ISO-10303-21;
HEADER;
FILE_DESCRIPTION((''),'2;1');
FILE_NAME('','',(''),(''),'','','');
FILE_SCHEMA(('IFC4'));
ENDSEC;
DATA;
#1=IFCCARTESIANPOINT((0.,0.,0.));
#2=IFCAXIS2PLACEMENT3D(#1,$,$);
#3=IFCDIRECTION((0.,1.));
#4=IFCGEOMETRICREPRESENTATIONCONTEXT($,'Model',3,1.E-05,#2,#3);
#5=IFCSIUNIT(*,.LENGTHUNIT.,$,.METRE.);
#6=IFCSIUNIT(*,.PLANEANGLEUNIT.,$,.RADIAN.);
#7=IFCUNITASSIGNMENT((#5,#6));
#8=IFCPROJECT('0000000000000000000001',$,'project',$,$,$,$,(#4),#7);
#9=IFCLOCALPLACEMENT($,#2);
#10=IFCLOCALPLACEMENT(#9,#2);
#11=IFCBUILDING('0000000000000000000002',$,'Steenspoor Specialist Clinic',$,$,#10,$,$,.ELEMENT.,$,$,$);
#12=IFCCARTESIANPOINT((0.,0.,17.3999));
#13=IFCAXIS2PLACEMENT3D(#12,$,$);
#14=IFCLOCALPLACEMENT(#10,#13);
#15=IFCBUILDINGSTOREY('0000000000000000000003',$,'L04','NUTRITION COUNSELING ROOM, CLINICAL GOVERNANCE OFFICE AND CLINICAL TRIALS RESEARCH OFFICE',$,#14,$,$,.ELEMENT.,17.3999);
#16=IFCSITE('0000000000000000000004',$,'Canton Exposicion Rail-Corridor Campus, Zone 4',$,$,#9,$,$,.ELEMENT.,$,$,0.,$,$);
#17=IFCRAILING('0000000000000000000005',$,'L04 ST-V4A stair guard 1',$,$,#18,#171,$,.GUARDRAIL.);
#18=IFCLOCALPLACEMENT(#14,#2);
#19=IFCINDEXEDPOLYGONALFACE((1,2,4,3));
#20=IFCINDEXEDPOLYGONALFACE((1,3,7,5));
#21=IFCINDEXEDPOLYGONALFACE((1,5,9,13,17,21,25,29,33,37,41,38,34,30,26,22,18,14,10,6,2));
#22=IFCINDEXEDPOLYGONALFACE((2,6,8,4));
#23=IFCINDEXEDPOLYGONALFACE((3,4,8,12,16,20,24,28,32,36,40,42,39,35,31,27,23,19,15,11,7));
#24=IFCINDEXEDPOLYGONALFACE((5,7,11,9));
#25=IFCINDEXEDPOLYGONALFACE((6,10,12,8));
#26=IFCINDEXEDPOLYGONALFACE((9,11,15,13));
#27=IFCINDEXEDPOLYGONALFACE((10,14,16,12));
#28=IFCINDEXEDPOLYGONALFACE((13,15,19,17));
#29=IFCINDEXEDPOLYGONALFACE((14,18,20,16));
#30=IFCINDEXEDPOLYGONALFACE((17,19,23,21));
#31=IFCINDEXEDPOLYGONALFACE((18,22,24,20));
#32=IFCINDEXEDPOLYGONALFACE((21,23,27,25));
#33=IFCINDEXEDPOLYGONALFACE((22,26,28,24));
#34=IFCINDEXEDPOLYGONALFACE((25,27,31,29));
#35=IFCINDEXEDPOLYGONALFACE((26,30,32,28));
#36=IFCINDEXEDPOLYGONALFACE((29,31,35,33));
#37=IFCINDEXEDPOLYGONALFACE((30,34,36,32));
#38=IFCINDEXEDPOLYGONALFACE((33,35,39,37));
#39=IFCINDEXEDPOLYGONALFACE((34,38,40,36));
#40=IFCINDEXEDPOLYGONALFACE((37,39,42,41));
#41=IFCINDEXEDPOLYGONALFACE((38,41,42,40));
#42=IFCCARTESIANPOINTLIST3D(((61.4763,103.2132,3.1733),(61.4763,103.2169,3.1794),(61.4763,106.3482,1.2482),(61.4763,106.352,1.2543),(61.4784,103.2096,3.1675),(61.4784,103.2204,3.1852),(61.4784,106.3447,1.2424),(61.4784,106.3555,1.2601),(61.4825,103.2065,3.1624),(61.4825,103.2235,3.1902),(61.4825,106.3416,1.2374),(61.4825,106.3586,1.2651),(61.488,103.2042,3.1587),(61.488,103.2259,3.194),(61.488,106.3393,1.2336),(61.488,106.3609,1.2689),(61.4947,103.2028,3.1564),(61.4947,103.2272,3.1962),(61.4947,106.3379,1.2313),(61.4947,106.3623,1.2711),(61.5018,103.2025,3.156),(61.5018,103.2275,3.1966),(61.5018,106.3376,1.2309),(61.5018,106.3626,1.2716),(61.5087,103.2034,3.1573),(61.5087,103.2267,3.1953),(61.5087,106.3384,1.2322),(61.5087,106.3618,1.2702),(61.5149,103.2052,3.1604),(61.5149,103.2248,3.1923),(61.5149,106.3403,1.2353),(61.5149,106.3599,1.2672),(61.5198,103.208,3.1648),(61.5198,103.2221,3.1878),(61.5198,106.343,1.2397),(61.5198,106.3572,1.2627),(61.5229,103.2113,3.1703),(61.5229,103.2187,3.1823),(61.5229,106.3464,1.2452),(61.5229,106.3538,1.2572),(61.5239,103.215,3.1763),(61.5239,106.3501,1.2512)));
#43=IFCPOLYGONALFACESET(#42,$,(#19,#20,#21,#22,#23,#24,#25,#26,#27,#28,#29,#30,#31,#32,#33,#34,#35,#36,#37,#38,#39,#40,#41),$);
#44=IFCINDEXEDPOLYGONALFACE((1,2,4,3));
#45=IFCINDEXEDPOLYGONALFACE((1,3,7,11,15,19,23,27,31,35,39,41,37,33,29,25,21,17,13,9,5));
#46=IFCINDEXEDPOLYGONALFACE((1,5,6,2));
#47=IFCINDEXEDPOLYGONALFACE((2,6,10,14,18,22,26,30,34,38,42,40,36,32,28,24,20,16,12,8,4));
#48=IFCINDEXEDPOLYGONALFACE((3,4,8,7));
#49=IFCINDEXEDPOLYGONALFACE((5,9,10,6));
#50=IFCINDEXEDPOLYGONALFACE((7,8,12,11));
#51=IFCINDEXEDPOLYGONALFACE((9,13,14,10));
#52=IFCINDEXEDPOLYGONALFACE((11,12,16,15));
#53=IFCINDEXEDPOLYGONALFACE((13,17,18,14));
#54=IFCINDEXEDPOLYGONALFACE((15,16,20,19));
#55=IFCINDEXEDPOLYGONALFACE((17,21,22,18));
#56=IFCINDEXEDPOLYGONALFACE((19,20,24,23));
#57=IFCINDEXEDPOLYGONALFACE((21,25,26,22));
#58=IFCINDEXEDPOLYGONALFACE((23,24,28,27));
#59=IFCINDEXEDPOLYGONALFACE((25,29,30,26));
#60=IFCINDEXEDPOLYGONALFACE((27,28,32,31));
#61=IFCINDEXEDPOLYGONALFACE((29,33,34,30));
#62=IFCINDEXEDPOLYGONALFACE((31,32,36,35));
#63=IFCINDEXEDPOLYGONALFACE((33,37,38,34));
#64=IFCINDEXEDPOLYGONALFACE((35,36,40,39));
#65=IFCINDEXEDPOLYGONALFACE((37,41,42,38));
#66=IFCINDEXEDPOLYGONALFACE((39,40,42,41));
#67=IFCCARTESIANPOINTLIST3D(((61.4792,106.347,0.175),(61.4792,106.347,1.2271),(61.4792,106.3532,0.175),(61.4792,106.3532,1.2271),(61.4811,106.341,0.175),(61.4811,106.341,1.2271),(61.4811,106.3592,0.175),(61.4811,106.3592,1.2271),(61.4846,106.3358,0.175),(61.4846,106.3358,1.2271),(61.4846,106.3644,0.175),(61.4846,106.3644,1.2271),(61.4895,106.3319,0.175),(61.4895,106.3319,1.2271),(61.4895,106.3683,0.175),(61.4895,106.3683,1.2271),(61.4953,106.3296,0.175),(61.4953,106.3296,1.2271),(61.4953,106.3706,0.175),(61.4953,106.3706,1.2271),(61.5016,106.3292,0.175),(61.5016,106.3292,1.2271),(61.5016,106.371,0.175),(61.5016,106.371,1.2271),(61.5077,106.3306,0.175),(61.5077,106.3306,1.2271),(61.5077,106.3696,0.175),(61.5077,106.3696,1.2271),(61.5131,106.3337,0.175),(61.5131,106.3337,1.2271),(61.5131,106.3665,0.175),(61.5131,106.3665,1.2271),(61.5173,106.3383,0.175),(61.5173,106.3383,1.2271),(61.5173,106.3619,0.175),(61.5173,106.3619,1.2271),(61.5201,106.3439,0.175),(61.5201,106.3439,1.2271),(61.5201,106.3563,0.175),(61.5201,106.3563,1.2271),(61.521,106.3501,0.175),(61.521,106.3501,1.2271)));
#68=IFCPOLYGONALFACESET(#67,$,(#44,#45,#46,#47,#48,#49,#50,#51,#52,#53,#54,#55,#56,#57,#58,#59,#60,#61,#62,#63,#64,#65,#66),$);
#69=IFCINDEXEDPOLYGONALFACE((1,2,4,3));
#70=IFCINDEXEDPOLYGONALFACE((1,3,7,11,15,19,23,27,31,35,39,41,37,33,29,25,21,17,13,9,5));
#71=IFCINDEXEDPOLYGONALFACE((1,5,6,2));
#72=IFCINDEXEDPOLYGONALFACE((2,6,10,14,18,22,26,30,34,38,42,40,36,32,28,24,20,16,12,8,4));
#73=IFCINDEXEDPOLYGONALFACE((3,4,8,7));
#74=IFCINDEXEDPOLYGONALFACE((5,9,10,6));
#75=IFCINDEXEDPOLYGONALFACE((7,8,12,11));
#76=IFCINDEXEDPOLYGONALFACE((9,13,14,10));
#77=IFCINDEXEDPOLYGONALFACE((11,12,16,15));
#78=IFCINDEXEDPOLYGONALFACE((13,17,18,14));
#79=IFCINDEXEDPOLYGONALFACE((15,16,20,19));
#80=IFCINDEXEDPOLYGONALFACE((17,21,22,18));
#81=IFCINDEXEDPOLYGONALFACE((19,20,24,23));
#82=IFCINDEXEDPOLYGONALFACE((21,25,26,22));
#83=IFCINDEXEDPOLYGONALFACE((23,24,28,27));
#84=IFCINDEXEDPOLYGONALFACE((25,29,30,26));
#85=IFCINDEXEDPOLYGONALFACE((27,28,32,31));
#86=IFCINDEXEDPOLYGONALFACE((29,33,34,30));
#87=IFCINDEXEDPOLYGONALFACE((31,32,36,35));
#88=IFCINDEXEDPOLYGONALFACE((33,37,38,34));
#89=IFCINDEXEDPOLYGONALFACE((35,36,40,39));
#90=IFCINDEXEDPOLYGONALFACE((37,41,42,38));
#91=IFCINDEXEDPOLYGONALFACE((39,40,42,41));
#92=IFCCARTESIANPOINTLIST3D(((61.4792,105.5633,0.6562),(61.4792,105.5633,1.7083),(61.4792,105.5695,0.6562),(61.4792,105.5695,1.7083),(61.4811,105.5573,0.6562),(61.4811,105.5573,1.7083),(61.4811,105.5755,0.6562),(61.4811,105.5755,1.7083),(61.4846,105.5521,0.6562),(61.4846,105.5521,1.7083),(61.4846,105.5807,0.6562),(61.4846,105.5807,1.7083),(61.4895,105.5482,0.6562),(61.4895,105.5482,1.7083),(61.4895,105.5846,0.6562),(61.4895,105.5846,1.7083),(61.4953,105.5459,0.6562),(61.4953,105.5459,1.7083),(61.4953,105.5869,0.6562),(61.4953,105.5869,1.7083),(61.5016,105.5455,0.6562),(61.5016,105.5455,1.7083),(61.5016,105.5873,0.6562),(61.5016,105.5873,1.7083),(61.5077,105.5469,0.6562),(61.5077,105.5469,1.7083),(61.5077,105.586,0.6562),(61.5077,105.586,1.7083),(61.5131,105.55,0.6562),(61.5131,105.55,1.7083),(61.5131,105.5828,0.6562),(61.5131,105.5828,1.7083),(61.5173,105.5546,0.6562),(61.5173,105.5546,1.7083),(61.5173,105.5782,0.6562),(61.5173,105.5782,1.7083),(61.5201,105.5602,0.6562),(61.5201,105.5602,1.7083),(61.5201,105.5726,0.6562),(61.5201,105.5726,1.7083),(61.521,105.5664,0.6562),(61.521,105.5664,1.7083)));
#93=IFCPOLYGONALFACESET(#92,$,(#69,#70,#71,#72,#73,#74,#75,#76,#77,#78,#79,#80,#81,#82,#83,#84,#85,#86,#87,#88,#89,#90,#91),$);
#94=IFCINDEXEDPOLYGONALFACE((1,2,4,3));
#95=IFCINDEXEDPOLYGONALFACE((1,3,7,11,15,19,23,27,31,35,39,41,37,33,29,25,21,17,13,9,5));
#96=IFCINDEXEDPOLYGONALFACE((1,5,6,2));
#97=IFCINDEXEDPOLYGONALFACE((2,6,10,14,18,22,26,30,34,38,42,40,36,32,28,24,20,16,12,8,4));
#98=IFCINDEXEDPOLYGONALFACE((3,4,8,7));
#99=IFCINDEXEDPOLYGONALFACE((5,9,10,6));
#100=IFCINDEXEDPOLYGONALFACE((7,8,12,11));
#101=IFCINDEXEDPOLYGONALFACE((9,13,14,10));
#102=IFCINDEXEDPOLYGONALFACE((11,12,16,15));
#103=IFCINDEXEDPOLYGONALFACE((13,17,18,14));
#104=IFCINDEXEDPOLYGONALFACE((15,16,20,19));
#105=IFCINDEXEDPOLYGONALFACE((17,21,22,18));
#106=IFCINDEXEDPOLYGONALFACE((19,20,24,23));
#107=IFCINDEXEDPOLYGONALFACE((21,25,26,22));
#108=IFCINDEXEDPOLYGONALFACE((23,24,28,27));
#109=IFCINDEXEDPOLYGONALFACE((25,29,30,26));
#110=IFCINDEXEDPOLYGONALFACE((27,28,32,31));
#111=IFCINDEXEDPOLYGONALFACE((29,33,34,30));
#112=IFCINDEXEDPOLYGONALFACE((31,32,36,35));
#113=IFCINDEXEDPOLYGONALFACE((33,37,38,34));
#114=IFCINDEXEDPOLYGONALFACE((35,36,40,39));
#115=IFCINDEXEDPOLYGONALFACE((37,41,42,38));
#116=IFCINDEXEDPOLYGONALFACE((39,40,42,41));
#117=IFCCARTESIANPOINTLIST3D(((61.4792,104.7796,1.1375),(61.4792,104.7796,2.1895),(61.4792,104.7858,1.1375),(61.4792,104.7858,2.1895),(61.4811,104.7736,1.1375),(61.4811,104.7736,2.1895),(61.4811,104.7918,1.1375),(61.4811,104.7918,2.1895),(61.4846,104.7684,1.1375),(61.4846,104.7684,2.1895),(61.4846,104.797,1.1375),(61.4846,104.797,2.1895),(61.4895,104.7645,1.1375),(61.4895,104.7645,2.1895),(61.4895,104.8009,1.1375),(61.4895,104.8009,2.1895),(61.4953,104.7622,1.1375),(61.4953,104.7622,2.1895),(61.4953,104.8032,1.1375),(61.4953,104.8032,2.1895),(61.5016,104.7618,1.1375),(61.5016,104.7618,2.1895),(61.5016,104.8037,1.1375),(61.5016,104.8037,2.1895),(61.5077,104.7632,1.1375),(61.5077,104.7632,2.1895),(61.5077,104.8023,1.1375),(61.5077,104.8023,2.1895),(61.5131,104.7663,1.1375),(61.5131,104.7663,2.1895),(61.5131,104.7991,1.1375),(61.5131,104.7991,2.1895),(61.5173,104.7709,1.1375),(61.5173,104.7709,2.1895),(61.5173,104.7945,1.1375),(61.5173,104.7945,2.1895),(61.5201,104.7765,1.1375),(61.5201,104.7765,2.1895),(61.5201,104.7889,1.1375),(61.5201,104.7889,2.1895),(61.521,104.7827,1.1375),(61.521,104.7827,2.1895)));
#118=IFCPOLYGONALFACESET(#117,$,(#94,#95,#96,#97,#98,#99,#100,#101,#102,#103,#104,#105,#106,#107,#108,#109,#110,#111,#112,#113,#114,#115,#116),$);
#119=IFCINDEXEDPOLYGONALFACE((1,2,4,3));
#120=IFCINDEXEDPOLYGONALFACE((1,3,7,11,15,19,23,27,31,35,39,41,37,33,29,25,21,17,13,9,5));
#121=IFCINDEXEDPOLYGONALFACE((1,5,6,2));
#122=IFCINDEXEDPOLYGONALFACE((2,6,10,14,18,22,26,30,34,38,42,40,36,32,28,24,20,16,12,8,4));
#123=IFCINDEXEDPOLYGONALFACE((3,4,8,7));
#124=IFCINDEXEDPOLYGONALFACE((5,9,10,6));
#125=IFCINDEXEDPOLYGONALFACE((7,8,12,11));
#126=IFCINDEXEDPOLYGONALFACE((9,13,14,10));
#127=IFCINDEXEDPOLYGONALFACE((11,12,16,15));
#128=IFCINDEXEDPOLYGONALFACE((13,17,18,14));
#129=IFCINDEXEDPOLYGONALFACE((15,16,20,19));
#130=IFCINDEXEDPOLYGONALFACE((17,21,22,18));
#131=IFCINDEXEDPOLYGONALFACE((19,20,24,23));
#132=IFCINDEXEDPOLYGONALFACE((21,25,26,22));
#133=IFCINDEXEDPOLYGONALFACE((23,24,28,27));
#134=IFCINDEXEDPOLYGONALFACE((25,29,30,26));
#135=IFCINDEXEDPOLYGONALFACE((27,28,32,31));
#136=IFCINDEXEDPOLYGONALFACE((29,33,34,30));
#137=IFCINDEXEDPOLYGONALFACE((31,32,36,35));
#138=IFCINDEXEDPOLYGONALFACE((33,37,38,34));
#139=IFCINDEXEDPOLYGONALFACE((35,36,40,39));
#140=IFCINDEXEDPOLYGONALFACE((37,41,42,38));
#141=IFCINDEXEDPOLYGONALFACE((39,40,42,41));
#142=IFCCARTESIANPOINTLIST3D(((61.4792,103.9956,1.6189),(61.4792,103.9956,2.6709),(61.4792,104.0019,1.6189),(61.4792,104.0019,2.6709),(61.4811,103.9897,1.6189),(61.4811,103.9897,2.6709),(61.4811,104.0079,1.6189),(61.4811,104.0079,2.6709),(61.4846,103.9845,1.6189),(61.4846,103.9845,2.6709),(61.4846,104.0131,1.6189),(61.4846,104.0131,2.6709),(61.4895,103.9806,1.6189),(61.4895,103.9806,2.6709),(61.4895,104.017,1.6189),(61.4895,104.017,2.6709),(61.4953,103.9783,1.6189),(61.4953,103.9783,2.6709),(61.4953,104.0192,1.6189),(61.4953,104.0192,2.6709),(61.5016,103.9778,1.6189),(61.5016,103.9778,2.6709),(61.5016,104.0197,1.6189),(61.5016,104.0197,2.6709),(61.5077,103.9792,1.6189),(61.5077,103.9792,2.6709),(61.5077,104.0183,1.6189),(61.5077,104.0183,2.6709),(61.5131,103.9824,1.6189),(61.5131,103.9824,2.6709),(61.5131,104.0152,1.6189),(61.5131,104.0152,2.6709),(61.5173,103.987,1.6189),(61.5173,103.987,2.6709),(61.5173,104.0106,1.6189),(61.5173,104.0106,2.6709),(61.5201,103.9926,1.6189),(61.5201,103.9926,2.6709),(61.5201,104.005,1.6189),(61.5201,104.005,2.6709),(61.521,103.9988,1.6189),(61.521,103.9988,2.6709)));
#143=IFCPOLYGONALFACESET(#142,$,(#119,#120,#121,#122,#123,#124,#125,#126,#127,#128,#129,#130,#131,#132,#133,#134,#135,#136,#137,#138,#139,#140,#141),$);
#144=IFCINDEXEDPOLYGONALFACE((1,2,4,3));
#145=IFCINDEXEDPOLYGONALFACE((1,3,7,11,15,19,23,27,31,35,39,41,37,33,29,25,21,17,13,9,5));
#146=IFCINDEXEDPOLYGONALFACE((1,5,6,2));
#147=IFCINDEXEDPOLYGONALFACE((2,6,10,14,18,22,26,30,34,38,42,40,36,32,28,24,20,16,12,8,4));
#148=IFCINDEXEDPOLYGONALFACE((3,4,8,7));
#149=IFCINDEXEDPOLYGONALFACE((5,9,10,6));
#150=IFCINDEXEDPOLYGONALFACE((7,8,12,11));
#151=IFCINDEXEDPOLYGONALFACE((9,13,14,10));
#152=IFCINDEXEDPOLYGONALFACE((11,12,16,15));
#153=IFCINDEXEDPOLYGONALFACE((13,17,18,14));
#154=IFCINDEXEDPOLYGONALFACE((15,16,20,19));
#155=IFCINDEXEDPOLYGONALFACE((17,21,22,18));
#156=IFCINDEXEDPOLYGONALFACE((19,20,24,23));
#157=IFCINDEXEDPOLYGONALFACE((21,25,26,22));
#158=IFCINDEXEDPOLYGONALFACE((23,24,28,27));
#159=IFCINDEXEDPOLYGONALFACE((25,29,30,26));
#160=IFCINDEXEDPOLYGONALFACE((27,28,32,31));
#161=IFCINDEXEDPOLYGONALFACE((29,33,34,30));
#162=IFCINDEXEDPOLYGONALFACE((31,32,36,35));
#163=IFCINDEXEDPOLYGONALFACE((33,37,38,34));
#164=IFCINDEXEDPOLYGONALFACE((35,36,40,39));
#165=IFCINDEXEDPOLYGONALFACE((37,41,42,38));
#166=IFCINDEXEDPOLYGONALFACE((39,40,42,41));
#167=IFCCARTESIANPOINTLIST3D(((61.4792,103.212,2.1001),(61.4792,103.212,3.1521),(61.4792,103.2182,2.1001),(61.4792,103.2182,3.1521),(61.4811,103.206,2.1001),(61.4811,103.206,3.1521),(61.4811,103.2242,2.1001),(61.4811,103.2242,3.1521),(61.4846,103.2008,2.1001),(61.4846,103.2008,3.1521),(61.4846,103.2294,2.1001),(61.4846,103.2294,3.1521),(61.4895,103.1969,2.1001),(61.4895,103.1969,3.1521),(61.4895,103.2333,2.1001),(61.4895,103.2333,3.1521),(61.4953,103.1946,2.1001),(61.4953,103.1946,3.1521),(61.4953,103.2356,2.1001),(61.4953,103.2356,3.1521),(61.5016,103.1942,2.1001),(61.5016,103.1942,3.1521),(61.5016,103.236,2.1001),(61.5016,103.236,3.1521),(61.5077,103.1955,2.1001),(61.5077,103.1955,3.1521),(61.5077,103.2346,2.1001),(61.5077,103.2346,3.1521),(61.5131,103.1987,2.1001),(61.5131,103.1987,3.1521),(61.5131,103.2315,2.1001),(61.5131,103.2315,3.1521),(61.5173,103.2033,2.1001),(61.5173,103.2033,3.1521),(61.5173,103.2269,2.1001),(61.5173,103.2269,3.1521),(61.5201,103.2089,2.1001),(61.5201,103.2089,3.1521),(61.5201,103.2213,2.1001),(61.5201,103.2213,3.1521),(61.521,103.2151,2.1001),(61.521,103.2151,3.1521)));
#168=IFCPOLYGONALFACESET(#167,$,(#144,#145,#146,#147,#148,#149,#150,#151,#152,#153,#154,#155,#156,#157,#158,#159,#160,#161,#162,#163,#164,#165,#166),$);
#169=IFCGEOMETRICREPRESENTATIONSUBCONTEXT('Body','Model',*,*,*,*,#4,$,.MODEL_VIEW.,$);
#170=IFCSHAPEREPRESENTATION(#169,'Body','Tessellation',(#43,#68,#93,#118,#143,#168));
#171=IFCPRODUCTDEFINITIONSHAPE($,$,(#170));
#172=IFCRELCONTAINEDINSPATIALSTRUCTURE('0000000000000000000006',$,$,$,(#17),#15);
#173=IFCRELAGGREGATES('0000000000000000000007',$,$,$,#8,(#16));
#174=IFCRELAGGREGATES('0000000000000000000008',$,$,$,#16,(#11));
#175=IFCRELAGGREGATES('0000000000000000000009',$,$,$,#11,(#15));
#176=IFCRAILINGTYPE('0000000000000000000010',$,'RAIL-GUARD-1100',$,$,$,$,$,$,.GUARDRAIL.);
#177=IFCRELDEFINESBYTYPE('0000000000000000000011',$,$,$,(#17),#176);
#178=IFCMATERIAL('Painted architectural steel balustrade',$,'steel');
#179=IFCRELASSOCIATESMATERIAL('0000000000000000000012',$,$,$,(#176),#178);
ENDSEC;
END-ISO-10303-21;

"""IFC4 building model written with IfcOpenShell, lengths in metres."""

from ifc_helpers import new_model, si_unit, direction, frame, origin, origin_2d, place, context, subcontext, project, spatial, circle, extrude, material, type_object, element, save


model = new_model("IFC4")

# Units and contexts
model_context = context("Model", 3, precision=1e-05, world=origin(), true_north=direction((0.0, 1.0)))
body_context = subcontext(model_context, "Body", "Model", "MODEL_VIEW")
ifc_project = project(units=[si_unit("LENGTHUNIT", "METRE"), si_unit("PLANEANGLEUNIT", "RADIAN")], contexts=[model_context])

# Site, building, storey
site_placement = place(None, origin())
site = spatial("IfcSite", under=ifc_project, at=site_placement, Name="Canton Exposicion Rail-Corridor Campus, Zone 4", CompositionType="ELEMENT", RefElevation=0.0)
building_placement = place(site_placement, origin())
building = spatial("IfcBuilding", under=site, at=building_placement, Name="Steenspoor Specialist Clinic", CompositionType="ELEMENT")
storey_placement = place(building_placement, frame((0.0, 0.0, 17.3999)))
storey = spatial("IfcBuildingStorey", under=building, at=storey_placement, Name="L04", Description="NUTRITION COUNSELING ROOM, CLINICAL GOVERNANCE OFFICE AND CLINICAL TRIALS RESEARCH OFFICE", CompositionType="ELEMENT", Elevation=17.3999)

# Railing
ifc_material_1 = material(Name="Painted architectural steel balustrade", Category="steel")
railing_type_1 = type_object("IfcRailingType", Name="RAIL-GUARD-1100", PredefinedType="GUARDRAIL", material=ifc_material_1)
railing_1_placement = place(storey_placement, frame((61.5, 106.3501, 0.175)))
element("IfcRailing", 1, at=railing_1_placement, inside=storey, type_object=railing_type_1, Name="L04 ST-V4A stair guard 1", PredefinedType="GUARDRAIL", context=body_context, shape_type="SweptSolid", body=[
    extrude(circle(Radius=0.0239, at=origin_2d()), frame((0.0, 0.0, 1.0762), z_axis=(0.0, -0.852166, 0.523271), x_axis=(1.0, 0.0, 0.0)), (0.0, 0.0, 1.0), 3.679),
    extrude(circle(Radius=0.021, at=origin_2d()), origin(), (0.0, 0.0, 1.0), 1.052),
    extrude(circle(Radius=0.021, at=origin_2d()), frame((0.0, -0.7837, 0.4812)), (0.0, 0.0, 1.0), 1.052),
    extrude(circle(Radius=0.021, at=origin_2d()), frame((0.0, -1.5674, 0.9624)), (0.0, 0.0, 1.0), 1.052),
    extrude(circle(Radius=0.021, at=origin_2d()), frame((0.0, -2.3513, 1.4438)), (0.0, 0.0, 1.0), 1.052),
    extrude(circle(Radius=0.021, at=origin_2d()), frame((0.0, -3.135, 1.925)), (0.0, 0.0, 1.0), 1.052),
])

save(model, "model.ifc")
